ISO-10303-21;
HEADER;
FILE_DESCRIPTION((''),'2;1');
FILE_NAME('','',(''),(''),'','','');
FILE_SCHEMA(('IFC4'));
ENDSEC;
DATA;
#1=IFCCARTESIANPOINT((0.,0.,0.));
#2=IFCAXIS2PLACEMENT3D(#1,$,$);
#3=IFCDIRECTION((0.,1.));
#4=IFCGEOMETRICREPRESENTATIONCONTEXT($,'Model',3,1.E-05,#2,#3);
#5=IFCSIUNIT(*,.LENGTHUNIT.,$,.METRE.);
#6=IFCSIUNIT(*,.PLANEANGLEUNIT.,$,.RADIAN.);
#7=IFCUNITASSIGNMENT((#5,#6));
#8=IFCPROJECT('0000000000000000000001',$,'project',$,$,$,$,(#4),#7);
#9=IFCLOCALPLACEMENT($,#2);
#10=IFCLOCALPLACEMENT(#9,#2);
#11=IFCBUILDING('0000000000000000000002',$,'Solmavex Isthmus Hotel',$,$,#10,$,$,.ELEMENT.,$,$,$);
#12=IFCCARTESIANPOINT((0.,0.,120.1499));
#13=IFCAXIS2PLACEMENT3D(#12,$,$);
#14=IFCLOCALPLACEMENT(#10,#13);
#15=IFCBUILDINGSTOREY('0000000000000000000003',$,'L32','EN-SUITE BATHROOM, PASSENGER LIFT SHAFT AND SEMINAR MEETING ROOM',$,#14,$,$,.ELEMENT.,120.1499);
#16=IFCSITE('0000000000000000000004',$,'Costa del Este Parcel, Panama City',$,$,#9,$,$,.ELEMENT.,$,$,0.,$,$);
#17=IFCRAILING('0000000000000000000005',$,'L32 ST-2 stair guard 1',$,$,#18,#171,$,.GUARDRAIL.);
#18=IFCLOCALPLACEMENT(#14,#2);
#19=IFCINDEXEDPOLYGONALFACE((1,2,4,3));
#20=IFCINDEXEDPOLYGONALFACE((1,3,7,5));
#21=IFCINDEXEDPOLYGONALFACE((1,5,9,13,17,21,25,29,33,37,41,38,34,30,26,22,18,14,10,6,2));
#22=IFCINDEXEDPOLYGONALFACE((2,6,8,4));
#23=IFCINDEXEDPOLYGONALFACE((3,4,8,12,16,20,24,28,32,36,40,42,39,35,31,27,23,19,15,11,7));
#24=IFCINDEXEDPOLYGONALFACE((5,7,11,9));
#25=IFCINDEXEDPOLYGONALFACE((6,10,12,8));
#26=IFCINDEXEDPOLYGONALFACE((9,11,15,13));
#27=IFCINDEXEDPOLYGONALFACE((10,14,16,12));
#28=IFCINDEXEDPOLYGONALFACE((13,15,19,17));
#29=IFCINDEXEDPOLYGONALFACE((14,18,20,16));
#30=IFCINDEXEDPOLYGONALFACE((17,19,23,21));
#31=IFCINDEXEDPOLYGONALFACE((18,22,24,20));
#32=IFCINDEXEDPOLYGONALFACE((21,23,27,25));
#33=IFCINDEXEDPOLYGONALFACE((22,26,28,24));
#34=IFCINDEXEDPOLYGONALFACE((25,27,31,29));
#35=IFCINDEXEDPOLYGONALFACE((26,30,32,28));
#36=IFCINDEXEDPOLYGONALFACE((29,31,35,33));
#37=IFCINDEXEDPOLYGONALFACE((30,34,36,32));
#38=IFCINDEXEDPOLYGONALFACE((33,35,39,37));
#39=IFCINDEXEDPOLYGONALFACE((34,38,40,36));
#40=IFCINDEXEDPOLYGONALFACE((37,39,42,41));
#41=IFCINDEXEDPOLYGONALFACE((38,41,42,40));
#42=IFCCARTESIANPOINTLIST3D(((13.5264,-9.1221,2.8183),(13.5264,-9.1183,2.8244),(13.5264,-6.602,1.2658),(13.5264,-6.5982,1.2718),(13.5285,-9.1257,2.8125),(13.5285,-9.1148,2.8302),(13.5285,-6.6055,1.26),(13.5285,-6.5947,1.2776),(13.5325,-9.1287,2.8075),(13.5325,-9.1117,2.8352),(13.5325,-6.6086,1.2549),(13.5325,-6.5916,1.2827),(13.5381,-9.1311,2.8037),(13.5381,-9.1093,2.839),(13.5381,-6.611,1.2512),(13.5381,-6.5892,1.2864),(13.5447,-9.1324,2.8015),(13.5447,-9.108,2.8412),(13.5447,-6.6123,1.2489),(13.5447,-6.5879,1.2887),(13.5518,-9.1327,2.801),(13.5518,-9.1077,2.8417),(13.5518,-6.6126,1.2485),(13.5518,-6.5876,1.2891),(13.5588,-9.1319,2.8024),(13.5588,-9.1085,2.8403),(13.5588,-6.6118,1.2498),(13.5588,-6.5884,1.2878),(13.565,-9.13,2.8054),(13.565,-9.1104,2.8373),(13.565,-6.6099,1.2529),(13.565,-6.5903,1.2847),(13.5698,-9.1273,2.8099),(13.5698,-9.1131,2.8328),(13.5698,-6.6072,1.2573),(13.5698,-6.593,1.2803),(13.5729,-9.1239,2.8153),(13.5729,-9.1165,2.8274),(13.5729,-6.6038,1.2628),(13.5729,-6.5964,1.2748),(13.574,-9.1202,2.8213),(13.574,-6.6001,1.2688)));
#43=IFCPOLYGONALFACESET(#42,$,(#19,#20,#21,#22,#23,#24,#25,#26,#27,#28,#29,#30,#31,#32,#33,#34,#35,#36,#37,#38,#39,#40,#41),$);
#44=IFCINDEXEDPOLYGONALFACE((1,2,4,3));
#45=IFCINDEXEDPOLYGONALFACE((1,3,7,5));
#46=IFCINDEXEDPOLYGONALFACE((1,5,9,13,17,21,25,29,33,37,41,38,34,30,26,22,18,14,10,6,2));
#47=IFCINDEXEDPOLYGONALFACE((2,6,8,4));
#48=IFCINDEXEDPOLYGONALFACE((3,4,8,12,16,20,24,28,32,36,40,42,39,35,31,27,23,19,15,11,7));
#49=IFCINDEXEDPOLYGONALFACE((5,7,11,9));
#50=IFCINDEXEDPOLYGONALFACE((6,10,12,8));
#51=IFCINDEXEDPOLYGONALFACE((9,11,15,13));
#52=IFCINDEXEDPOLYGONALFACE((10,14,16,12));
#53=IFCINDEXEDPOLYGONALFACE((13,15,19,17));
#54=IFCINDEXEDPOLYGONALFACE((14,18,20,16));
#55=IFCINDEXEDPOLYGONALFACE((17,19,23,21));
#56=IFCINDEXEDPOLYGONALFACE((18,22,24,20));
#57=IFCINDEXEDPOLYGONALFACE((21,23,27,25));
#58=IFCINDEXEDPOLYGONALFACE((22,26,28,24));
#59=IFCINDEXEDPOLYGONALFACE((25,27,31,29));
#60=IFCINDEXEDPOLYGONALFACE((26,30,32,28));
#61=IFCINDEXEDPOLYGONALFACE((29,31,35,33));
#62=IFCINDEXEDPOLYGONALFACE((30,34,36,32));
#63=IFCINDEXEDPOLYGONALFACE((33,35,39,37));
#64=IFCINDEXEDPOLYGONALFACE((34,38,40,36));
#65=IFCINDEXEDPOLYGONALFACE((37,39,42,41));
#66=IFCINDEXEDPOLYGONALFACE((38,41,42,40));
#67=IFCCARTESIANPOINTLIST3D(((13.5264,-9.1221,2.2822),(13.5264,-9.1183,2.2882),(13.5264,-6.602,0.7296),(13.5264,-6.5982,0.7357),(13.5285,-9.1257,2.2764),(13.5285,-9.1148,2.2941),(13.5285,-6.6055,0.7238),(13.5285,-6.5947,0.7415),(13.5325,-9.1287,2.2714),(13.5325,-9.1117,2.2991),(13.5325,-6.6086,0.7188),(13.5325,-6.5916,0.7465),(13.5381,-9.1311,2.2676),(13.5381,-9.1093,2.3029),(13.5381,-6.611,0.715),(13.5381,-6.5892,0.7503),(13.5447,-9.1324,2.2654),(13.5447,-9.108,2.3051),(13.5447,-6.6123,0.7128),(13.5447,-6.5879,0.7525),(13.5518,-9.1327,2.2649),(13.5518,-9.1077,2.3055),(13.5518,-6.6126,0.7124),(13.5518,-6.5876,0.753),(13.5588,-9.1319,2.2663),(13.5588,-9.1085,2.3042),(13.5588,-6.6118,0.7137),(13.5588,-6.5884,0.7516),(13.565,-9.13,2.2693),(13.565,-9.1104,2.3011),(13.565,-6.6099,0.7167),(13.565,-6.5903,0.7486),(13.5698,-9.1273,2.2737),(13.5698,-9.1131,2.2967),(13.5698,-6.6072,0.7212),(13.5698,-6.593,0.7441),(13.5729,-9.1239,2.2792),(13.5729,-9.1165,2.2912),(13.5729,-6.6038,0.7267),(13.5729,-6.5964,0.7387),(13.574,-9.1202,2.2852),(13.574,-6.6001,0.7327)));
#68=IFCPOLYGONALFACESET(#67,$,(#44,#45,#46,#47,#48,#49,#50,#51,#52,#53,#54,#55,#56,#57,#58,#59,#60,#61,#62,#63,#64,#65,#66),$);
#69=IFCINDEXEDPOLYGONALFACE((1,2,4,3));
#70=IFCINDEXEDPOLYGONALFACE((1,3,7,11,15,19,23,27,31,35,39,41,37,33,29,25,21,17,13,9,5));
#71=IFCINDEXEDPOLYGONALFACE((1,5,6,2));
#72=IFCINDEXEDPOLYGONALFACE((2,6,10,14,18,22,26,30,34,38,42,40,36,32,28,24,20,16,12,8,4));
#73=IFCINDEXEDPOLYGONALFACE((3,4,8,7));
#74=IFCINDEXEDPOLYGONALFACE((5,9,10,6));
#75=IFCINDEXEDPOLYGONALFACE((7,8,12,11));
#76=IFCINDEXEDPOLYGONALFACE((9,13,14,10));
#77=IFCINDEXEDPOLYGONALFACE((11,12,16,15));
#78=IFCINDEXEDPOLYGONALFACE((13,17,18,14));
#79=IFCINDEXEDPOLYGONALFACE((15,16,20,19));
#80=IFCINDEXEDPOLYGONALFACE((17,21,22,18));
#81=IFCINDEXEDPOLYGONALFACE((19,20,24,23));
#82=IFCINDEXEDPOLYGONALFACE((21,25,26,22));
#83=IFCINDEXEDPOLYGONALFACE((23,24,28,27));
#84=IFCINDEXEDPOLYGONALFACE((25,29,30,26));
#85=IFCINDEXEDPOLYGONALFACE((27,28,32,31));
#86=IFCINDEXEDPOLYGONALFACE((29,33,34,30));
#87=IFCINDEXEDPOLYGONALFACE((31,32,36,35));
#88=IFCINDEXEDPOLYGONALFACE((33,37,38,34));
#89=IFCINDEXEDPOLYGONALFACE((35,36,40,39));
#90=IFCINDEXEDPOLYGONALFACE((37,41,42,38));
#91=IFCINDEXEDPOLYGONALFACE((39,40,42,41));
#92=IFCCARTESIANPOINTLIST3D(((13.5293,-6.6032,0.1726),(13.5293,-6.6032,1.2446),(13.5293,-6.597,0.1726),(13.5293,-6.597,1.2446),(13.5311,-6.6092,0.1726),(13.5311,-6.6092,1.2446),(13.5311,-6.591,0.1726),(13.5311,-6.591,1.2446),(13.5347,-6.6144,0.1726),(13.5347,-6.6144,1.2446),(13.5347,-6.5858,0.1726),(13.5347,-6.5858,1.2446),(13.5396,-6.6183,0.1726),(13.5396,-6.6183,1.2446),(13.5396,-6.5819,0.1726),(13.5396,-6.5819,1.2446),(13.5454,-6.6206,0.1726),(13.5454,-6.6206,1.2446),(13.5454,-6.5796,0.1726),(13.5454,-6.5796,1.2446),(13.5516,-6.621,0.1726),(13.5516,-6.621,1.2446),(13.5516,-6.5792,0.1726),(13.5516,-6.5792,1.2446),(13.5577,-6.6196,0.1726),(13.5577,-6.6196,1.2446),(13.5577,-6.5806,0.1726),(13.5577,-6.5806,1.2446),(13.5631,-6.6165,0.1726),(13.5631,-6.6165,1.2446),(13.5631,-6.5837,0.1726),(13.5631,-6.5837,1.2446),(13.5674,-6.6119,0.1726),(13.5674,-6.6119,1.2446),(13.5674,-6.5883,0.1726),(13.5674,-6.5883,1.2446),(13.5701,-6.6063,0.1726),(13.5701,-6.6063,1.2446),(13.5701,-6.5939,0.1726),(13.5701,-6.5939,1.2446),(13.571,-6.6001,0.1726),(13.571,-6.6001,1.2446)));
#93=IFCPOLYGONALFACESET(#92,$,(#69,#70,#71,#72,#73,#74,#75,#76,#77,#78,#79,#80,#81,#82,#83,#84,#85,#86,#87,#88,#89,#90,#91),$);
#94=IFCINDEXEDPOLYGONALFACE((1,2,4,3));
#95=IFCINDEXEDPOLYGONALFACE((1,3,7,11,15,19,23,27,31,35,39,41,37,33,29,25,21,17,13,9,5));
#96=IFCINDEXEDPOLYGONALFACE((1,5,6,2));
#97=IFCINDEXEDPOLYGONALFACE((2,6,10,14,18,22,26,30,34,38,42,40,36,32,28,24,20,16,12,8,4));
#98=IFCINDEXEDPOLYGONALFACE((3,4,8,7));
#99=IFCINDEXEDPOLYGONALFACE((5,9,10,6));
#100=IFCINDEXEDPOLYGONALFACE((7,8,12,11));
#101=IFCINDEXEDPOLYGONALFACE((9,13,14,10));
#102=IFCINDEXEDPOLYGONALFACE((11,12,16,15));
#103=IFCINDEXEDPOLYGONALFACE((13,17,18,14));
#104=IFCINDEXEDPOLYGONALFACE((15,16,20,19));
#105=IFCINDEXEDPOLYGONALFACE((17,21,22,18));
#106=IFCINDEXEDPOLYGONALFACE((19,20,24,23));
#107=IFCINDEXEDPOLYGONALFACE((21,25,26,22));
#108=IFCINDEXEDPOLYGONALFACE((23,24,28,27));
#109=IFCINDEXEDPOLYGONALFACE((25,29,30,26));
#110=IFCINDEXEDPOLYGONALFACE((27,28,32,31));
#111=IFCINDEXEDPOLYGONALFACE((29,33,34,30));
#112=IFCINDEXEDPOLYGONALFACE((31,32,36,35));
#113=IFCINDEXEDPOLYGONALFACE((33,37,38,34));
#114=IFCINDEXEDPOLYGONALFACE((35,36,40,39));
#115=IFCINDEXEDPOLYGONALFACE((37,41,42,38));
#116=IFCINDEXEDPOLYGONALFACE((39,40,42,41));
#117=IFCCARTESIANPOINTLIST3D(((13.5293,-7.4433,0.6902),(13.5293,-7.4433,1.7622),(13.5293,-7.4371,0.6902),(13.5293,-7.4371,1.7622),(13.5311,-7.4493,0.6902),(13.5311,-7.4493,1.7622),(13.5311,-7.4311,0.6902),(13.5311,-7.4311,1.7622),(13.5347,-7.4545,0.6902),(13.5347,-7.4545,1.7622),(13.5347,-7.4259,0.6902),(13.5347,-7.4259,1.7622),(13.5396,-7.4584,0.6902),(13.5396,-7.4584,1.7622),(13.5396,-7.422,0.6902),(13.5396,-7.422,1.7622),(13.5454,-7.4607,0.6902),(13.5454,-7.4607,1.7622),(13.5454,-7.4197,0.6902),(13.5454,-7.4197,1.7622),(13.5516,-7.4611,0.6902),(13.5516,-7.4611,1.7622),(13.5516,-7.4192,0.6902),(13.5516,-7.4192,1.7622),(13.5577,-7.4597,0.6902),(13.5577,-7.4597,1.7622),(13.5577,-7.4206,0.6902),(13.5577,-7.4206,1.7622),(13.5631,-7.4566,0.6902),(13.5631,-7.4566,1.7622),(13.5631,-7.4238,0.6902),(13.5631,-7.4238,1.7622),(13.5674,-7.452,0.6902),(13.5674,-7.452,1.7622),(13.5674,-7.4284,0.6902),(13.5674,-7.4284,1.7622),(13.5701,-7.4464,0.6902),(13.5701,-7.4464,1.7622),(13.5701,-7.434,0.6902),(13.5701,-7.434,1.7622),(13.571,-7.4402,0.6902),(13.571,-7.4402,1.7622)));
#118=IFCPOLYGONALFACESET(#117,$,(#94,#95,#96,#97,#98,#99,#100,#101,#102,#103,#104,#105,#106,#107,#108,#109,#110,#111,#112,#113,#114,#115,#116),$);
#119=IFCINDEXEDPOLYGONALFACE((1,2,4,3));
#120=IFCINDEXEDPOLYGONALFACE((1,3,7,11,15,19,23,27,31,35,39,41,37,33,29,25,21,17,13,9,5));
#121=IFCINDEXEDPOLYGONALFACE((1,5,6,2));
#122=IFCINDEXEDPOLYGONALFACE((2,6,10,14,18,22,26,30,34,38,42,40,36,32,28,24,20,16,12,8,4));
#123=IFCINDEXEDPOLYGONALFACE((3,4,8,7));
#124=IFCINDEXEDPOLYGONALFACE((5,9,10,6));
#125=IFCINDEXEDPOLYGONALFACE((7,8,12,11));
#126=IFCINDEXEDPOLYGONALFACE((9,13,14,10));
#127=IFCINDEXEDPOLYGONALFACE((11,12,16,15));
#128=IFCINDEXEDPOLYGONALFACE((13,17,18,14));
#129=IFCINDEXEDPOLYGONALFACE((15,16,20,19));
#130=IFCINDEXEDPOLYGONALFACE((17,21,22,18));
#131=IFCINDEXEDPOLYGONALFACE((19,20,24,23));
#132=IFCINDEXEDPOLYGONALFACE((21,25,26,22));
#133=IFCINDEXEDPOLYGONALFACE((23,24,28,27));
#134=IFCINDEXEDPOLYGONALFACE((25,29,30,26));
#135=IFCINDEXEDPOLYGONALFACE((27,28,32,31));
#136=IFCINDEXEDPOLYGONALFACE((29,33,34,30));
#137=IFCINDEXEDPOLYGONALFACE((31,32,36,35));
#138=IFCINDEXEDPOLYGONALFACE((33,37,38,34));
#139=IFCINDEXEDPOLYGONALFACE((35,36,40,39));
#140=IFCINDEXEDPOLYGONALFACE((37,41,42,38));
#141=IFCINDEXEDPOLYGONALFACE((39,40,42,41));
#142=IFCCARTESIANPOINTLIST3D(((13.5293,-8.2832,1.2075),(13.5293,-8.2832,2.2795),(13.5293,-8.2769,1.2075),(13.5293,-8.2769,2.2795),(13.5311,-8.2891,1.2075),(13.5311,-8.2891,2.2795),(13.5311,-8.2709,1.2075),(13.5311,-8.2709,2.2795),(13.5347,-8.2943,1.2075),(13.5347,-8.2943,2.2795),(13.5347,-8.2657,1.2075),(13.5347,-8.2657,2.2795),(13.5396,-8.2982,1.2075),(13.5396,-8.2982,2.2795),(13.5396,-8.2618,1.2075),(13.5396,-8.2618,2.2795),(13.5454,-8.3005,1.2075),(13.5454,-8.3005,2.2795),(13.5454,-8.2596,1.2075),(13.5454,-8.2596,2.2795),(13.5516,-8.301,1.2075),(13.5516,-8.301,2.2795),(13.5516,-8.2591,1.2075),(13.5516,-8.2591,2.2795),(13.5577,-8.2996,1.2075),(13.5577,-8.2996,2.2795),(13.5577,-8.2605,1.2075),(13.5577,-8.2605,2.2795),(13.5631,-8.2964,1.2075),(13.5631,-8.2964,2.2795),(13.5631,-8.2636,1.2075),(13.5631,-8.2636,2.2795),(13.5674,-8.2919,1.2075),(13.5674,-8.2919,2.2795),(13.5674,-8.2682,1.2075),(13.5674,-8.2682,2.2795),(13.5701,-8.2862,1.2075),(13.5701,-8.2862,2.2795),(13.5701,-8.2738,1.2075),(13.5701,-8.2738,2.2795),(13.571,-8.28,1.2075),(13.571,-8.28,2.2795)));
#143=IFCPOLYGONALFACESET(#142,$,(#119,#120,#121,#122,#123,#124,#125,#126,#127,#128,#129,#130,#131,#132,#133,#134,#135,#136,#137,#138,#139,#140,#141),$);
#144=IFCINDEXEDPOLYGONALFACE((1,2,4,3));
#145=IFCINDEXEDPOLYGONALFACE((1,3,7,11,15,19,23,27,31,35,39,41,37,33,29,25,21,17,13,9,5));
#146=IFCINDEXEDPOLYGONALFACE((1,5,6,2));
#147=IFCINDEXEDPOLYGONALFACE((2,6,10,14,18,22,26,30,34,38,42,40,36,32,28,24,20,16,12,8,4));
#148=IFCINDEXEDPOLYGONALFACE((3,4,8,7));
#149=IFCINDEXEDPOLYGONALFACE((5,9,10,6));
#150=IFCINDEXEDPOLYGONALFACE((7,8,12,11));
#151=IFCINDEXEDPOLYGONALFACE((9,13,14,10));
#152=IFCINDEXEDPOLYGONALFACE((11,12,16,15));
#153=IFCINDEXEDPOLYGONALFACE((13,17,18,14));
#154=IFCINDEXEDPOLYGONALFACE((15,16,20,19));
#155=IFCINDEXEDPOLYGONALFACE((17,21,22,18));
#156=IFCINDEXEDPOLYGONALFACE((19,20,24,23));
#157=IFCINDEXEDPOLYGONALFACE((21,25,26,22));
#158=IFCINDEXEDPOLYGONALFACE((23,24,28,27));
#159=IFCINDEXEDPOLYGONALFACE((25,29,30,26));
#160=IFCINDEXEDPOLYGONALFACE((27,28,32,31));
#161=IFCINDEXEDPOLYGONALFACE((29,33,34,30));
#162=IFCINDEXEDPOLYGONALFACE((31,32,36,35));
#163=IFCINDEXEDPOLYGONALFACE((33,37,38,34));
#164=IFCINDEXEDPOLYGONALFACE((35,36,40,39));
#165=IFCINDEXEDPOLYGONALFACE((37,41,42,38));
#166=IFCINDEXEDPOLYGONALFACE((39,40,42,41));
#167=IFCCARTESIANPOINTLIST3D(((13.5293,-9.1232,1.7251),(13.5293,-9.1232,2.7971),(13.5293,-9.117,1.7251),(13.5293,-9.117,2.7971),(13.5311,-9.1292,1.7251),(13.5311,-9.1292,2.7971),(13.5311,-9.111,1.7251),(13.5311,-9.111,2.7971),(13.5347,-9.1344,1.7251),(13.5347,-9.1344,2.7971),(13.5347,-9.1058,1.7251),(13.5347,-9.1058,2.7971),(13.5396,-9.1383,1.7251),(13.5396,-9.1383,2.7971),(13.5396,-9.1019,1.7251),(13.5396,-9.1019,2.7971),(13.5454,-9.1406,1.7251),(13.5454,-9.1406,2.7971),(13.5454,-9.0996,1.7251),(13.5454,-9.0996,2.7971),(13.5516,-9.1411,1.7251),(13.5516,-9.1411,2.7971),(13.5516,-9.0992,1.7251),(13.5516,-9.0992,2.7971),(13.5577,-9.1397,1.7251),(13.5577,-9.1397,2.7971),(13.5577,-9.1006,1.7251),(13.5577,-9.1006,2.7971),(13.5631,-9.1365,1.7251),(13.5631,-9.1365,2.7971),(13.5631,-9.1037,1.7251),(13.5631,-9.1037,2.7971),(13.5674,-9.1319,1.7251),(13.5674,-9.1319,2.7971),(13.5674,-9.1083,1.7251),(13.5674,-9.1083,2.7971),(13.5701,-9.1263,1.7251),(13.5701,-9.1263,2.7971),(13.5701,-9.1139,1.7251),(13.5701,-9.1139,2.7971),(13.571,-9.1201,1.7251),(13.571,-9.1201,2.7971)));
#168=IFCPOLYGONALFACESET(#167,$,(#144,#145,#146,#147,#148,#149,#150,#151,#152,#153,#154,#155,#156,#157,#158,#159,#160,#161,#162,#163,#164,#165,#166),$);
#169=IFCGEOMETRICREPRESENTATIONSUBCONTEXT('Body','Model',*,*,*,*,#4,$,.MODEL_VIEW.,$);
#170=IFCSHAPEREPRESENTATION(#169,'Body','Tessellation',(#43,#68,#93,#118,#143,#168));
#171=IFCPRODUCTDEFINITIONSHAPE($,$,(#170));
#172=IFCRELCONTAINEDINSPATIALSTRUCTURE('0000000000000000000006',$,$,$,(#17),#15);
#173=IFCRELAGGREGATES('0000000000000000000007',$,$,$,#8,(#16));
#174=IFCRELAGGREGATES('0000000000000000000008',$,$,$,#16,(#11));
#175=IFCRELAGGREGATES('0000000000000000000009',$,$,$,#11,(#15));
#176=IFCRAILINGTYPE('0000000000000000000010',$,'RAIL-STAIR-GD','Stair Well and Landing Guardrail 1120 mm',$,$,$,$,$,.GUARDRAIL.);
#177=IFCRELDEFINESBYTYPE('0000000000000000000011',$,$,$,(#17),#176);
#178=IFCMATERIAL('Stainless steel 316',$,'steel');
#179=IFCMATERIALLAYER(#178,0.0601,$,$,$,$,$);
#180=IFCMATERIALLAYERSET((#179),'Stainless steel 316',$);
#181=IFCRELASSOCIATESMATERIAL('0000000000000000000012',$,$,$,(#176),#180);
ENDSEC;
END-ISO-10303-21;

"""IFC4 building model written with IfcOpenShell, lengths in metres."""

from ifc_helpers import new_model, si_unit, direction, frame, origin, origin_2d, place, context, subcontext, project, spatial, circle, extrude, material, layer, layer_set, type_object, element, save


model = new_model("IFC4")

# Units and contexts
model_context = context("Model", 3, precision=1e-05, world=origin(), true_north=direction((0.0, 1.0)))
body_context = subcontext(model_context, "Body", "Model", "MODEL_VIEW")
ifc_project = project(units=[si_unit("LENGTHUNIT", "METRE"), si_unit("PLANEANGLEUNIT", "RADIAN")], contexts=[model_context])

# Site, building, storey
site_placement = place(None, origin())
site = spatial("IfcSite", under=ifc_project, at=site_placement, Name="Costa del Este Parcel, Panama City", CompositionType="ELEMENT", RefElevation=0.0)
building_placement = place(site_placement, origin())
building = spatial("IfcBuilding", under=site, at=building_placement, Name="Solmavex Isthmus Hotel", CompositionType="ELEMENT")
storey_placement = place(building_placement, frame((0.0, 0.0, 120.1499)))
storey = spatial("IfcBuildingStorey", under=building, at=storey_placement, Name="L32", Description="EN-SUITE BATHROOM, PASSENGER LIFT SHAFT AND SEMINAR MEETING ROOM", CompositionType="ELEMENT", Elevation=120.1499)

# Railing
ifc_material_1 = material(Name="Stainless steel 316", Category="steel")
ifc_layer_1 = layer(ifc_material_1, 0.0601)
ifc_layer_set_1 = layer_set([ifc_layer_1], Name="Stainless steel 316")
railing_type_1 = type_object("IfcRailingType", Name="RAIL-STAIR-GD", Description="Stair Well and Landing Guardrail 1120 mm", PredefinedType="GUARDRAIL", material=ifc_layer_set_1)
railing_1_placement = place(storey_placement, frame((13.55, -6.6001, 0.1726)))
element("IfcRailing", 1, at=railing_1_placement, inside=storey, type_object=railing_type_1, Name="L32 ST-2 stair guard 1", PredefinedType="GUARDRAIL", context=body_context, shape_type="SweptSolid", body=[
    extrude(circle(Radius=0.0239, at=origin_2d()), frame((0.0, 0.0, 1.0962), z_axis=(0.0, -0.8514, 0.524516), x_axis=(1.0, 0.0, 0.0)), (0.0, 0.0, 1.0), 2.96),
    extrude(circle(Radius=0.0239, at=origin_2d()), frame((0.0, 0.0, 0.5601), z_axis=(0.0, -0.8514, 0.524516), x_axis=(1.0, 0.0, 0.0)), (0.0, 0.0, 1.0), 2.96),
    extrude(circle(Radius=0.021, at=origin_2d()), origin(), (0.0, 0.0, 1.0), 1.072),
    extrude(circle(Radius=0.021, at=origin_2d()), frame((0.0, -0.8401, 0.5176)), (0.0, 0.0, 1.0), 1.072),
    extrude(circle(Radius=0.021, at=origin_2d()), frame((0.0, -1.6799, 1.0349)), (0.0, 0.0, 1.0), 1.072),
    extrude(circle(Radius=0.021, at=origin_2d()), frame((0.0, -2.52, 1.5525)), (0.0, 0.0, 1.0), 1.072),
])

save(model, "model.ifc")
